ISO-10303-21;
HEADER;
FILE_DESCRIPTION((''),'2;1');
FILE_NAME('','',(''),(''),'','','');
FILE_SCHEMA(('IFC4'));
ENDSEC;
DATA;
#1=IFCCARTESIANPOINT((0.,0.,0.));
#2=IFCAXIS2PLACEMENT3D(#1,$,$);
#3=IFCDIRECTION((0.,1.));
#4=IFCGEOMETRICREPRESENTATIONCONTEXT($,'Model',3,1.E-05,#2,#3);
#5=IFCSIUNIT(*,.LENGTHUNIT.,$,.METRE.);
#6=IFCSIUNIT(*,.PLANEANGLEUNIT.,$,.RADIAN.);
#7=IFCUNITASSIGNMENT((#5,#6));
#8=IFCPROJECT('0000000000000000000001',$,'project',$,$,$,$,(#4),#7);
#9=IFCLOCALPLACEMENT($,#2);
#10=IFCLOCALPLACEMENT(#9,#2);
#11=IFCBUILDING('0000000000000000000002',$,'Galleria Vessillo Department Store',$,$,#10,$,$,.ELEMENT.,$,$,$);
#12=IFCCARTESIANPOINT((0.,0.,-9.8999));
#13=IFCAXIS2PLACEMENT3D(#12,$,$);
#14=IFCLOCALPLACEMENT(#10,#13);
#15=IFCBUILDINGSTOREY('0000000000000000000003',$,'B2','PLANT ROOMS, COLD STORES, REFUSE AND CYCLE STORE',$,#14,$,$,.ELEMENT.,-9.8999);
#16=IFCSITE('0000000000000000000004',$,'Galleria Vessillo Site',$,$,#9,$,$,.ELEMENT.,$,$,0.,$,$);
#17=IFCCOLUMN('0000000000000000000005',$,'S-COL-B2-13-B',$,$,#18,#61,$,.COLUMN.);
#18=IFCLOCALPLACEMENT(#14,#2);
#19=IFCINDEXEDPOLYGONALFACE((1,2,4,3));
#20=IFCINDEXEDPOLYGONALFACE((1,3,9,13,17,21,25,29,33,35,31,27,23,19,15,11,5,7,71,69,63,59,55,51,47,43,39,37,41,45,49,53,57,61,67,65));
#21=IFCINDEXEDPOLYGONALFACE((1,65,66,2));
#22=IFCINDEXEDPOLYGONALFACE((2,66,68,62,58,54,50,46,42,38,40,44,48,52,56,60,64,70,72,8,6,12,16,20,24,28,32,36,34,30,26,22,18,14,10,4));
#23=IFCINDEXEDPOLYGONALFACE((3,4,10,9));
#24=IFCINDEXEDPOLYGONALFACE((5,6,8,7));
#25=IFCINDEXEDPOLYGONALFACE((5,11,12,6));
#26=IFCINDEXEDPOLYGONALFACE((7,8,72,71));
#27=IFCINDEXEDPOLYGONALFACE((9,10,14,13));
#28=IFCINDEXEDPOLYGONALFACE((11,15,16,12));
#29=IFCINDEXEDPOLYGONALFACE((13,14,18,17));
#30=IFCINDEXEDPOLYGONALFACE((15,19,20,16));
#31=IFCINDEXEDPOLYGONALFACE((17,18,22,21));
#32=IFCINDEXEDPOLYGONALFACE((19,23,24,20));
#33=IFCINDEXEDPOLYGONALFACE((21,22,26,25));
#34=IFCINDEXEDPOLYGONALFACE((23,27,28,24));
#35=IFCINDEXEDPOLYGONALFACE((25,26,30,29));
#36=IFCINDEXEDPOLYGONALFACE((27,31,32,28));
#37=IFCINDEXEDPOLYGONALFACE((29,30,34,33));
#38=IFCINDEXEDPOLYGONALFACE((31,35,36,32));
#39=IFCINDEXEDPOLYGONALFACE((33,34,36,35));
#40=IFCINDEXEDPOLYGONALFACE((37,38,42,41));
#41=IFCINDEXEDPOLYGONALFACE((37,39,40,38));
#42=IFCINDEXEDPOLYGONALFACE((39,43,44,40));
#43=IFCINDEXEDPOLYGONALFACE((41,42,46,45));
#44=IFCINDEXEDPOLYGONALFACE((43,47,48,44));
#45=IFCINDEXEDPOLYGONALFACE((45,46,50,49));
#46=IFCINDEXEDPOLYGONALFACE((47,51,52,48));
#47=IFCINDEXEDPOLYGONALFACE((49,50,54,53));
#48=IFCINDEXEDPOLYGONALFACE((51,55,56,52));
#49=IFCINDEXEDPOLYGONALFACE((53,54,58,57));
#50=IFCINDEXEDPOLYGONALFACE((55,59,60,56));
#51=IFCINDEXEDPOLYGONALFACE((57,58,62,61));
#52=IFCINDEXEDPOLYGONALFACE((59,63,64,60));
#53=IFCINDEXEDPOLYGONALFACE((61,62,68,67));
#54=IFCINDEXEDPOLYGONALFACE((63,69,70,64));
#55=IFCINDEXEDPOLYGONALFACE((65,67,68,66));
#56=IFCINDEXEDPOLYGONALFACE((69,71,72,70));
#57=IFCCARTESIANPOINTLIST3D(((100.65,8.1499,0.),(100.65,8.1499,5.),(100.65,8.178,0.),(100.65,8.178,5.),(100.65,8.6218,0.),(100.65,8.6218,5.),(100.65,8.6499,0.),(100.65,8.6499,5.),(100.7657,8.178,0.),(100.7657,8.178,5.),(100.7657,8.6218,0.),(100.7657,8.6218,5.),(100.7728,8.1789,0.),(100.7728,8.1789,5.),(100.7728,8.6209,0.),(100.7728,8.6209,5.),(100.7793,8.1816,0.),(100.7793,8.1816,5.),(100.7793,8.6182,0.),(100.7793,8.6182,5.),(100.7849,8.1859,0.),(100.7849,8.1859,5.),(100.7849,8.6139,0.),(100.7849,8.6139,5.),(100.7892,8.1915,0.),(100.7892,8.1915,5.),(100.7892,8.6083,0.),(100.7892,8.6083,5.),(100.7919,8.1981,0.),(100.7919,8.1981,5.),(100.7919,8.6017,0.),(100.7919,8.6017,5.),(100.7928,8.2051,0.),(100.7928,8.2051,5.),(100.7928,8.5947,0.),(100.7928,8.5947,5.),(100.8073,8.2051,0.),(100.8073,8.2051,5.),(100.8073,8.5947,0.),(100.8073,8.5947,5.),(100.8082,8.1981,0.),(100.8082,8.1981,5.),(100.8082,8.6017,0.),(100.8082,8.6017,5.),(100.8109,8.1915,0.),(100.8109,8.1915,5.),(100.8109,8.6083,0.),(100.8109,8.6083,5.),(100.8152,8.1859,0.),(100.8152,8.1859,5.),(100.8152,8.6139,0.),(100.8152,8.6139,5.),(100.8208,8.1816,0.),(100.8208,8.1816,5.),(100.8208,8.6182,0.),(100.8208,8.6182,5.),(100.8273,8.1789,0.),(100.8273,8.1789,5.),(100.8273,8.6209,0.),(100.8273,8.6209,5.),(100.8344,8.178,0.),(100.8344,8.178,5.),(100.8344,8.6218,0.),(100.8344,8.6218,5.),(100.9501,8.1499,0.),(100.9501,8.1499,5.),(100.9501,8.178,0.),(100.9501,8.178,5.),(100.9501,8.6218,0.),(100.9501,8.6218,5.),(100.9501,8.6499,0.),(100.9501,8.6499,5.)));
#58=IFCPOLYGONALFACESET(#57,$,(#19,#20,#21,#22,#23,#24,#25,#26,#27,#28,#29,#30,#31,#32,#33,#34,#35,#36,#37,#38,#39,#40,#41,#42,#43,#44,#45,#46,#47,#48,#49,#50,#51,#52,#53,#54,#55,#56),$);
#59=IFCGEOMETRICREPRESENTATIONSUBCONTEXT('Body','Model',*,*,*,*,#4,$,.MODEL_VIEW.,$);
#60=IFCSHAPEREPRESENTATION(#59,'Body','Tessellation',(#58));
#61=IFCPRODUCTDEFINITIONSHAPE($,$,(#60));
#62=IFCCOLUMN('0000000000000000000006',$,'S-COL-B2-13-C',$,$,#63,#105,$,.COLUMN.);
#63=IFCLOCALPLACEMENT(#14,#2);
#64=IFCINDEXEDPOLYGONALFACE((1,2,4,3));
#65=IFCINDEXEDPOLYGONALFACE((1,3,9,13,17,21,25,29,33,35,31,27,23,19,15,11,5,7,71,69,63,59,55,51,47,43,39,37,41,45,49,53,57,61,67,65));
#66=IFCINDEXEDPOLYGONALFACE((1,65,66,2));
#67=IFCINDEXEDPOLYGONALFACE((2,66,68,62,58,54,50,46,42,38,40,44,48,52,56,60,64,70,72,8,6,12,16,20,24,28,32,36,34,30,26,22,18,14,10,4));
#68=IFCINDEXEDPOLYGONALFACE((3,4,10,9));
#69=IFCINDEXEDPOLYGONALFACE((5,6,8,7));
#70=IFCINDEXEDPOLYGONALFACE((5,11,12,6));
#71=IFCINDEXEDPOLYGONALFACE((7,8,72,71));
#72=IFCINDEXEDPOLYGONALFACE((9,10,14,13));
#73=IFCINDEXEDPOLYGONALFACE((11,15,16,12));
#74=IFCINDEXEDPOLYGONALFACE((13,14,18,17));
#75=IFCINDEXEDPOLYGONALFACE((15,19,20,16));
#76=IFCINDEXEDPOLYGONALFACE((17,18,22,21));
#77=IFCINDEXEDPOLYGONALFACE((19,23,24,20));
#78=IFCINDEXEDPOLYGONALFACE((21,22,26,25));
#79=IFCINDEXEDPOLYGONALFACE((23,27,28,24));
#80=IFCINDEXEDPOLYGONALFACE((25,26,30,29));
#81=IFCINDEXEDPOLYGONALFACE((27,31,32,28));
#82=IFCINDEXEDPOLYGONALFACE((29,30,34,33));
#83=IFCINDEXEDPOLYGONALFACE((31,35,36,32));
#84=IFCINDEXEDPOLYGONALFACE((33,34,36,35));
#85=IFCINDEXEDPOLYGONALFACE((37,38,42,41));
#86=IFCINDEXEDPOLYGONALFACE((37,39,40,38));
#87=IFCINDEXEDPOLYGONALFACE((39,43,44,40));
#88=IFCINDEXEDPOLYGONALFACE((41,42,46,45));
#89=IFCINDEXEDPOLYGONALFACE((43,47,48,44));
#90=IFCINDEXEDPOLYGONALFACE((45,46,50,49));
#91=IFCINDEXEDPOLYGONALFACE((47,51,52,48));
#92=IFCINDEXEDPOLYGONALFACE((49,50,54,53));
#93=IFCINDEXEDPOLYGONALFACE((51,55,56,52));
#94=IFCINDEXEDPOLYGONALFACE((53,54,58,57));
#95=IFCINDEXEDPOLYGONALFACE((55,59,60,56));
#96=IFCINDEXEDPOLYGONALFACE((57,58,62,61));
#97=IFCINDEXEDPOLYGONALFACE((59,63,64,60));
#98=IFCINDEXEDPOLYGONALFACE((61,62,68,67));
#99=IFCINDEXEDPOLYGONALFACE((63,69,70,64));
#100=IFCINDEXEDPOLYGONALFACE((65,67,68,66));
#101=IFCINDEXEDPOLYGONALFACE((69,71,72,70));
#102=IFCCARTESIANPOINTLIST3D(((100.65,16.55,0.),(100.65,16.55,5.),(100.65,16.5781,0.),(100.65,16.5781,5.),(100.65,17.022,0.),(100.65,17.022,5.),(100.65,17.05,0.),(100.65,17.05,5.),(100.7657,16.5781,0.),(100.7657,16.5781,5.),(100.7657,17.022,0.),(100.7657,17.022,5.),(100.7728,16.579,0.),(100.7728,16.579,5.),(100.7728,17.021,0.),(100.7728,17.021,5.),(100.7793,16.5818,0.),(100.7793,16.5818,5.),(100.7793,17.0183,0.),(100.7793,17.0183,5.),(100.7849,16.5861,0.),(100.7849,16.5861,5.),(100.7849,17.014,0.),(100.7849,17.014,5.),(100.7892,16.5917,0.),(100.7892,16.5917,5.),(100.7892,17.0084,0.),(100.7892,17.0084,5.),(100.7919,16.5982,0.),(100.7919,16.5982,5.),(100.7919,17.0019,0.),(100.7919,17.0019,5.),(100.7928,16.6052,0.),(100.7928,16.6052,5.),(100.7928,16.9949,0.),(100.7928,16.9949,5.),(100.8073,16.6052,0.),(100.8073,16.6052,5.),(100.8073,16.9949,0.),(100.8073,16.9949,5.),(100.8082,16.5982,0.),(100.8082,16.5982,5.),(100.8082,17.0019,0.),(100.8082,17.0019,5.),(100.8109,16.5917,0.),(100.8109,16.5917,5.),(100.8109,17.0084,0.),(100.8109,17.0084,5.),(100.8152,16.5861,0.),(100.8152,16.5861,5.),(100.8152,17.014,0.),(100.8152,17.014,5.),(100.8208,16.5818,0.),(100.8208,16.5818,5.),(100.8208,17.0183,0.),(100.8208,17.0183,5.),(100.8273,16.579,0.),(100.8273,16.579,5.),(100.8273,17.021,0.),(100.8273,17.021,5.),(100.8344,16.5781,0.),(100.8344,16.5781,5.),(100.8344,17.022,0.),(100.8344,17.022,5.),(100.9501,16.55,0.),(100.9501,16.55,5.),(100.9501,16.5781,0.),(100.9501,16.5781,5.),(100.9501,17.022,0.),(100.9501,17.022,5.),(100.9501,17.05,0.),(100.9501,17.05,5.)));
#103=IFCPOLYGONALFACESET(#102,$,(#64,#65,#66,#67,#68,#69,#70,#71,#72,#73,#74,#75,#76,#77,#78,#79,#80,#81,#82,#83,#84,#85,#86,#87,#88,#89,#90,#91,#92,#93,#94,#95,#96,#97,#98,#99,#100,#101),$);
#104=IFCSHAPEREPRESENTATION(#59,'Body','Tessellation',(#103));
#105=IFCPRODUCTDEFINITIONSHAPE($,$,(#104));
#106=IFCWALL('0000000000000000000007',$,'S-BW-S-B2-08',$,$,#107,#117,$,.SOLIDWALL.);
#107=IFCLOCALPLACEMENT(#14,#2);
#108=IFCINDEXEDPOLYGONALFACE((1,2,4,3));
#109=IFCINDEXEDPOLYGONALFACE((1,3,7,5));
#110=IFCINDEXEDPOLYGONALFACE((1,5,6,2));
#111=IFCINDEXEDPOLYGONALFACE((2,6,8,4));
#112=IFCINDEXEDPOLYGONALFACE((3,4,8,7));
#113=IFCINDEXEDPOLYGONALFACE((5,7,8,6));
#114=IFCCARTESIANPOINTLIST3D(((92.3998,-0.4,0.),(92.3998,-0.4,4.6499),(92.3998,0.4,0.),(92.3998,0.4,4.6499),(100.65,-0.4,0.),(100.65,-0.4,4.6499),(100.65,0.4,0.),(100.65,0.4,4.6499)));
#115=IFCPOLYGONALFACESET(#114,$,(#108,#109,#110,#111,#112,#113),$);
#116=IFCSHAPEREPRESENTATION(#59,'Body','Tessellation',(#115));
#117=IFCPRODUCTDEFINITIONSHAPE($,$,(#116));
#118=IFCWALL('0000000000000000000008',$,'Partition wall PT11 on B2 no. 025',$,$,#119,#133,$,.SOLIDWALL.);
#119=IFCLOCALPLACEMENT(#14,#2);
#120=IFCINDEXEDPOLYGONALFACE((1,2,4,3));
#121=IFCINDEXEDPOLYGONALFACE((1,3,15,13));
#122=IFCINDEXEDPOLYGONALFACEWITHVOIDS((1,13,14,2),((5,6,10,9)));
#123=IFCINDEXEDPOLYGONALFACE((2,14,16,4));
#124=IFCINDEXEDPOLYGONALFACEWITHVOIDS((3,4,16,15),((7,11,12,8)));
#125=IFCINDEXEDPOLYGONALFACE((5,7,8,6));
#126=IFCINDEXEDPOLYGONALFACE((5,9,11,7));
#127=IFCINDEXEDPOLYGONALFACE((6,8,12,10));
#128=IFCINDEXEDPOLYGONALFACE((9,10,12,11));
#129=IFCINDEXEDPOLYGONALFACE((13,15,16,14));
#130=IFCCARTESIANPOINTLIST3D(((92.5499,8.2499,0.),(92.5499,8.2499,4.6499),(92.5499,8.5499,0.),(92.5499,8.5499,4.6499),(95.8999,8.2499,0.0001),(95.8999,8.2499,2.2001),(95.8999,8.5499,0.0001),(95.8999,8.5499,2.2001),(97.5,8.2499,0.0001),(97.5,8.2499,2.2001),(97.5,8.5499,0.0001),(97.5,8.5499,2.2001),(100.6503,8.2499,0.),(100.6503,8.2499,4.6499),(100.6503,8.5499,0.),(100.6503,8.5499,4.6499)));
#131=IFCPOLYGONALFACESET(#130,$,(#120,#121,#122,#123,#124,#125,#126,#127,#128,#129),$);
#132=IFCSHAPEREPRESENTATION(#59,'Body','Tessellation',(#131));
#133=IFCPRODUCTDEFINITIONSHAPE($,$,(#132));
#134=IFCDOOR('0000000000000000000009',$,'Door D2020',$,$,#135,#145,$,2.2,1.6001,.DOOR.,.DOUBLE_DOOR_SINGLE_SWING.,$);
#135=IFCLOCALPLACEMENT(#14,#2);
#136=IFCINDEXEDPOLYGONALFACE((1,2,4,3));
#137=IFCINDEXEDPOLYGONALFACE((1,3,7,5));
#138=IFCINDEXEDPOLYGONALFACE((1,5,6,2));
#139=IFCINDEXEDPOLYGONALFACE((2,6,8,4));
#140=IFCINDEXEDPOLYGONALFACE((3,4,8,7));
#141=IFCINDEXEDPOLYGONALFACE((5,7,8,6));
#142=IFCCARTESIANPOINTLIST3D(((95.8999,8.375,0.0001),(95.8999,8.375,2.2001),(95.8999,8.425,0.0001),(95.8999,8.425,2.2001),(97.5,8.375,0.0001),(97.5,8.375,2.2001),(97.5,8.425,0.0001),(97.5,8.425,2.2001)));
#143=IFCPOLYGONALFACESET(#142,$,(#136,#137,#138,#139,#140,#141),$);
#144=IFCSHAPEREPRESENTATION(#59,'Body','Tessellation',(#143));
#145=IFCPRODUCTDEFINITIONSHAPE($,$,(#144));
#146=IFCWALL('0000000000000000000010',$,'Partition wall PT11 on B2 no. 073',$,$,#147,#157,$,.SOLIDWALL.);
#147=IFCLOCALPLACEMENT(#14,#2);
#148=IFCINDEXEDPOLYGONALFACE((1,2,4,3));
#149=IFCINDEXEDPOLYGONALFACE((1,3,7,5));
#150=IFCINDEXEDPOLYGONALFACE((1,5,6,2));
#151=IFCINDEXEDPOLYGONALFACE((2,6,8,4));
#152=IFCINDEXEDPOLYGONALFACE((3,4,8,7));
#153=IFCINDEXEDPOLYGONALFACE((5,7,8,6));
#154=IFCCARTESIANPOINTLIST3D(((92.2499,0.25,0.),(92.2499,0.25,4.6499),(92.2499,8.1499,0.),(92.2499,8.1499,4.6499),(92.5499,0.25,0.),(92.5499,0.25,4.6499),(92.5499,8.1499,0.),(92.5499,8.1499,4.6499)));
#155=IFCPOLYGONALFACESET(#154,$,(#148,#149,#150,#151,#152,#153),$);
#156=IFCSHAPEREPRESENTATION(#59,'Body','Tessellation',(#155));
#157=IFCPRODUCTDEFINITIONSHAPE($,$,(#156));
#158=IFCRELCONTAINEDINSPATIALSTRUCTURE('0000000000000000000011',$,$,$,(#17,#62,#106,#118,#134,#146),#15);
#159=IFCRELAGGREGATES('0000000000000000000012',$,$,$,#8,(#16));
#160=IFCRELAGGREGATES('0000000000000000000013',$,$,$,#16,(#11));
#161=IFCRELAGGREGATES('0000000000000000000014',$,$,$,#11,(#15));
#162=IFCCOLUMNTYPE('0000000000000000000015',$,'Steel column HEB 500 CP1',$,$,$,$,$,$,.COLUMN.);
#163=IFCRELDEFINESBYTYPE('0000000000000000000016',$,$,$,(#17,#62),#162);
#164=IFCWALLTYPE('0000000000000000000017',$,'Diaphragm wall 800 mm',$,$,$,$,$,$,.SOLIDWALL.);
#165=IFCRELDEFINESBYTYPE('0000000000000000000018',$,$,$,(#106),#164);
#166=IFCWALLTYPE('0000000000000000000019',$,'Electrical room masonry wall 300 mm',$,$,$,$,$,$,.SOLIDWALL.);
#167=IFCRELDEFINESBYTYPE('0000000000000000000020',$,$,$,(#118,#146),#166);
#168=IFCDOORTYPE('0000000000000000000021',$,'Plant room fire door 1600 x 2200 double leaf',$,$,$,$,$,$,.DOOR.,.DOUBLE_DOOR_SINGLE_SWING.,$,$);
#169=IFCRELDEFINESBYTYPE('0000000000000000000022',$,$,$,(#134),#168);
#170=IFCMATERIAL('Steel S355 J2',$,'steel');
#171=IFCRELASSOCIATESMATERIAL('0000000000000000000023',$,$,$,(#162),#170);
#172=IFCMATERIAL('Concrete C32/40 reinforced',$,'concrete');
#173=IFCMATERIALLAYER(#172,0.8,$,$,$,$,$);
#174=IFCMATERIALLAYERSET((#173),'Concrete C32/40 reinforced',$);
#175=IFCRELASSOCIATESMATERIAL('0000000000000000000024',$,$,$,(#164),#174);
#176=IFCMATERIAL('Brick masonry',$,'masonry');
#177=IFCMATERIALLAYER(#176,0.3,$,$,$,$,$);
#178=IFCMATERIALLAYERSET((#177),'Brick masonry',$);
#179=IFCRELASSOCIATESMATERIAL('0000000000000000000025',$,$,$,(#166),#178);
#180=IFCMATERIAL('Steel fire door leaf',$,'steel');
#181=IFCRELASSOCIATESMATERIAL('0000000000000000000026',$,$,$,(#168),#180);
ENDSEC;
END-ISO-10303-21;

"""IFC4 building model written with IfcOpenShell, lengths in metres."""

from ifc_helpers import new_model, si_unit, direction, frame, frame_2d, origin, origin_2d, place, context, subcontext, project, spatial, rectangle, i_section, extrude, material, layer, layer_set, material_profile, profile_set, type_object, element, fill, save


model = new_model("IFC4")

# Units and contexts
model_context = context("Model", 3, precision=1e-05, world=origin(), true_north=direction((0.0, 1.0)))
body_context = subcontext(model_context, "Body", "Model", "MODEL_VIEW")
ifc_project = project(units=[si_unit("LENGTHUNIT", "METRE"), si_unit("PLANEANGLEUNIT", "RADIAN")], contexts=[model_context])

# Site, building, storey
site_placement = place(None, origin())
site = spatial("IfcSite", under=ifc_project, at=site_placement, Name="Galleria Vessillo Site", CompositionType="ELEMENT", RefElevation=0.0)
building_placement = place(site_placement, origin())
building = spatial("IfcBuilding", under=site, at=building_placement, Name="Galleria Vessillo Department Store", CompositionType="ELEMENT")
storey_placement = place(building_placement, frame((0.0, 0.0, -9.8999)))
storey = spatial("IfcBuildingStorey", under=building, at=storey_placement, Name="B2", Description="PLANT ROOMS, COLD STORES, REFUSE AND CYCLE STORE", CompositionType="ELEMENT", Elevation=-9.8999)

# Columns
ifc_material_1 = material(Name="Steel S355 J2", Category="steel")
ifc_material_profile_1 = material_profile(ifc_material_1, i_section(OverallWidth=0.3, OverallDepth=0.5, WebThickness=0.0144, FlangeThickness=0.0281, FilletRadius=0.0271, at=origin_2d()), Name="HEB 500")
ifc_profile_set_1 = profile_set([ifc_material_profile_1], Name="Steel S355 J2")
column_type = type_object("IfcColumnType", Name="Steel column HEB 500 CP1", PredefinedType="COLUMN", material=ifc_profile_set_1)
for number, where, z_axis, x_axis, name in (
    (1, (100.8, 8.3999, 0.0), (0.0, 0.0, 1.0), (1.0, 0.0, 0.0), "S-COL-B2-13-B"),
    (2, (100.8, 16.8, 0.0), (0.0, 0.0, 1.0), (1.0, 0.0, 0.0), "S-COL-B2-13-C"),
):
    element("IfcColumn", number, at=place(storey_placement, frame(where, z_axis=z_axis, x_axis=x_axis)), inside=storey, type_object=column_type, Name=name, PredefinedType="COLUMN", context=body_context, shape_type="SweptSolid", body=[
        extrude(i_section(OverallWidth=0.3, OverallDepth=0.5, WebThickness=0.0144, FlangeThickness=0.0281, FilletRadius=0.0271, at=origin_2d()), origin(), (0.0, 0.0, 1.0), 5.0),
    ])

# Wall
ifc_material_2 = material(Name="Concrete C32/40 reinforced", Category="concrete")
ifc_layer_1 = layer(ifc_material_2, 0.8)
ifc_layer_set_1 = layer_set([ifc_layer_1], Name="Concrete C32/40 reinforced")
wall_type_1 = type_object("IfcWallType", Name="Diaphragm wall 800 mm", PredefinedType="SOLIDWALL", material=ifc_layer_set_1)
wall_1_placement = place(storey_placement, frame((92.3999, 0.0, 0.0), z_axis=(0.0, 0.0, 1.0), x_axis=(1.0, 0.0, 0.0)))
element("IfcWall", 3, at=wall_1_placement, inside=storey, type_object=wall_type_1, Name="S-BW-S-B2-08", PredefinedType="SOLIDWALL", context=body_context, shape_type="SweptSolid", body=[
    extrude(rectangle(XDim=8.2502, YDim=0.8, at=frame_2d((4.125, 0.0))), origin(), (0.0, 0.0, 1.0), 4.6499),
])

# Wall, opening, door
ifc_material_3 = material(Name="Brick masonry", Category="masonry")
ifc_layer_2 = layer(ifc_material_3, 0.3)
ifc_layer_set_2 = layer_set([ifc_layer_2], Name="Brick masonry")
wall_type_2 = type_object("IfcWallType", Name="Electrical room masonry wall 300 mm", PredefinedType="SOLIDWALL", material=ifc_layer_set_2)
wall_2_placement = place(storey_placement, frame((92.5498, 8.3999, 0.0), z_axis=(0.0, 0.0, 1.0), x_axis=(1.0, 0.0, 0.0)))
wall_2 = element("IfcWall", 4, at=wall_2_placement, inside=storey, type_object=wall_type_2, Name="Partition wall PT11 on B2 no. 025", PredefinedType="SOLIDWALL", context=body_context, shape_type="SweptSolid", body=[
    extrude(rectangle(XDim=8.1003, YDim=0.3, at=frame_2d((4.0503, 0.0))), origin(), (0.0, 0.0, 1.0), 4.6499),
])
opening_1_placement = place(wall_2_placement, frame((3.3501, 0.0, 0.0)))
opening_1 = element("IfcOpeningElement", 5, at=opening_1_placement, cuts=wall_2, PredefinedType="OPENING", context=body_context, shape_type="SweptSolid", body=[
    extrude(rectangle(XDim=1.6001, YDim=2.2, at=frame_2d((0.8, 1.1001))), frame((0.0, 0.1602, 0.0), z_axis=(0.0, -1.0, 0.0), x_axis=(1.0, 0.0, 0.0)), (0.0, 0.0, 1.0), 0.3201),
])
ifc_material_4 = material(Name="Steel fire door leaf", Category="steel")
door_type_1 = type_object("IfcDoorType", Name="Plant room fire door 1600 x 2200 double leaf", OperationType="DOUBLE_DOOR_SINGLE_SWING", PredefinedType="DOOR", material=ifc_material_4)
door_1_placement = place(opening_1_placement, frame((1.6001, 0.0, 0.0), z_axis=(0.0, 0.0, 1.0), x_axis=(-1.0, 0.0, 0.0)))
door_1 = element("IfcDoor", 6, at=door_1_placement, inside=storey, type_object=door_type_1, Name="Door D2020", OperationType="DOUBLE_DOOR_SINGLE_SWING", OverallHeight=2.2, OverallWidth=1.6001, PredefinedType="DOOR", context=body_context, shape_type="SweptSolid", body=[
    extrude(rectangle(XDim=1.6001, YDim=2.2, at=frame_2d((0.8, 1.1001))), frame((0.0, 0.0249, 0.0), z_axis=(0.0, -1.0, 0.0), x_axis=(1.0, 0.0, 0.0)), (0.0, 0.0, 1.0), 0.05),
])
fill(opening_1, door_1)

# Wall
wall_3_placement = place(storey_placement, frame((92.3999, 0.25, 0.0), z_axis=(0.0, 0.0, 1.0), x_axis=(0.0, 1.0, 0.0)))
element("IfcWall", 7, at=wall_3_placement, inside=storey, type_object=wall_type_2, Name="Partition wall PT11 on B2 no. 073", PredefinedType="SOLIDWALL", context=body_context, shape_type="SweptSolid", body=[
    extrude(rectangle(XDim=7.8999, YDim=0.3, at=frame_2d((3.95, 0.0))), origin(), (0.0, 0.0, 1.0), 4.6499),
])

save(model, "model.ifc")
